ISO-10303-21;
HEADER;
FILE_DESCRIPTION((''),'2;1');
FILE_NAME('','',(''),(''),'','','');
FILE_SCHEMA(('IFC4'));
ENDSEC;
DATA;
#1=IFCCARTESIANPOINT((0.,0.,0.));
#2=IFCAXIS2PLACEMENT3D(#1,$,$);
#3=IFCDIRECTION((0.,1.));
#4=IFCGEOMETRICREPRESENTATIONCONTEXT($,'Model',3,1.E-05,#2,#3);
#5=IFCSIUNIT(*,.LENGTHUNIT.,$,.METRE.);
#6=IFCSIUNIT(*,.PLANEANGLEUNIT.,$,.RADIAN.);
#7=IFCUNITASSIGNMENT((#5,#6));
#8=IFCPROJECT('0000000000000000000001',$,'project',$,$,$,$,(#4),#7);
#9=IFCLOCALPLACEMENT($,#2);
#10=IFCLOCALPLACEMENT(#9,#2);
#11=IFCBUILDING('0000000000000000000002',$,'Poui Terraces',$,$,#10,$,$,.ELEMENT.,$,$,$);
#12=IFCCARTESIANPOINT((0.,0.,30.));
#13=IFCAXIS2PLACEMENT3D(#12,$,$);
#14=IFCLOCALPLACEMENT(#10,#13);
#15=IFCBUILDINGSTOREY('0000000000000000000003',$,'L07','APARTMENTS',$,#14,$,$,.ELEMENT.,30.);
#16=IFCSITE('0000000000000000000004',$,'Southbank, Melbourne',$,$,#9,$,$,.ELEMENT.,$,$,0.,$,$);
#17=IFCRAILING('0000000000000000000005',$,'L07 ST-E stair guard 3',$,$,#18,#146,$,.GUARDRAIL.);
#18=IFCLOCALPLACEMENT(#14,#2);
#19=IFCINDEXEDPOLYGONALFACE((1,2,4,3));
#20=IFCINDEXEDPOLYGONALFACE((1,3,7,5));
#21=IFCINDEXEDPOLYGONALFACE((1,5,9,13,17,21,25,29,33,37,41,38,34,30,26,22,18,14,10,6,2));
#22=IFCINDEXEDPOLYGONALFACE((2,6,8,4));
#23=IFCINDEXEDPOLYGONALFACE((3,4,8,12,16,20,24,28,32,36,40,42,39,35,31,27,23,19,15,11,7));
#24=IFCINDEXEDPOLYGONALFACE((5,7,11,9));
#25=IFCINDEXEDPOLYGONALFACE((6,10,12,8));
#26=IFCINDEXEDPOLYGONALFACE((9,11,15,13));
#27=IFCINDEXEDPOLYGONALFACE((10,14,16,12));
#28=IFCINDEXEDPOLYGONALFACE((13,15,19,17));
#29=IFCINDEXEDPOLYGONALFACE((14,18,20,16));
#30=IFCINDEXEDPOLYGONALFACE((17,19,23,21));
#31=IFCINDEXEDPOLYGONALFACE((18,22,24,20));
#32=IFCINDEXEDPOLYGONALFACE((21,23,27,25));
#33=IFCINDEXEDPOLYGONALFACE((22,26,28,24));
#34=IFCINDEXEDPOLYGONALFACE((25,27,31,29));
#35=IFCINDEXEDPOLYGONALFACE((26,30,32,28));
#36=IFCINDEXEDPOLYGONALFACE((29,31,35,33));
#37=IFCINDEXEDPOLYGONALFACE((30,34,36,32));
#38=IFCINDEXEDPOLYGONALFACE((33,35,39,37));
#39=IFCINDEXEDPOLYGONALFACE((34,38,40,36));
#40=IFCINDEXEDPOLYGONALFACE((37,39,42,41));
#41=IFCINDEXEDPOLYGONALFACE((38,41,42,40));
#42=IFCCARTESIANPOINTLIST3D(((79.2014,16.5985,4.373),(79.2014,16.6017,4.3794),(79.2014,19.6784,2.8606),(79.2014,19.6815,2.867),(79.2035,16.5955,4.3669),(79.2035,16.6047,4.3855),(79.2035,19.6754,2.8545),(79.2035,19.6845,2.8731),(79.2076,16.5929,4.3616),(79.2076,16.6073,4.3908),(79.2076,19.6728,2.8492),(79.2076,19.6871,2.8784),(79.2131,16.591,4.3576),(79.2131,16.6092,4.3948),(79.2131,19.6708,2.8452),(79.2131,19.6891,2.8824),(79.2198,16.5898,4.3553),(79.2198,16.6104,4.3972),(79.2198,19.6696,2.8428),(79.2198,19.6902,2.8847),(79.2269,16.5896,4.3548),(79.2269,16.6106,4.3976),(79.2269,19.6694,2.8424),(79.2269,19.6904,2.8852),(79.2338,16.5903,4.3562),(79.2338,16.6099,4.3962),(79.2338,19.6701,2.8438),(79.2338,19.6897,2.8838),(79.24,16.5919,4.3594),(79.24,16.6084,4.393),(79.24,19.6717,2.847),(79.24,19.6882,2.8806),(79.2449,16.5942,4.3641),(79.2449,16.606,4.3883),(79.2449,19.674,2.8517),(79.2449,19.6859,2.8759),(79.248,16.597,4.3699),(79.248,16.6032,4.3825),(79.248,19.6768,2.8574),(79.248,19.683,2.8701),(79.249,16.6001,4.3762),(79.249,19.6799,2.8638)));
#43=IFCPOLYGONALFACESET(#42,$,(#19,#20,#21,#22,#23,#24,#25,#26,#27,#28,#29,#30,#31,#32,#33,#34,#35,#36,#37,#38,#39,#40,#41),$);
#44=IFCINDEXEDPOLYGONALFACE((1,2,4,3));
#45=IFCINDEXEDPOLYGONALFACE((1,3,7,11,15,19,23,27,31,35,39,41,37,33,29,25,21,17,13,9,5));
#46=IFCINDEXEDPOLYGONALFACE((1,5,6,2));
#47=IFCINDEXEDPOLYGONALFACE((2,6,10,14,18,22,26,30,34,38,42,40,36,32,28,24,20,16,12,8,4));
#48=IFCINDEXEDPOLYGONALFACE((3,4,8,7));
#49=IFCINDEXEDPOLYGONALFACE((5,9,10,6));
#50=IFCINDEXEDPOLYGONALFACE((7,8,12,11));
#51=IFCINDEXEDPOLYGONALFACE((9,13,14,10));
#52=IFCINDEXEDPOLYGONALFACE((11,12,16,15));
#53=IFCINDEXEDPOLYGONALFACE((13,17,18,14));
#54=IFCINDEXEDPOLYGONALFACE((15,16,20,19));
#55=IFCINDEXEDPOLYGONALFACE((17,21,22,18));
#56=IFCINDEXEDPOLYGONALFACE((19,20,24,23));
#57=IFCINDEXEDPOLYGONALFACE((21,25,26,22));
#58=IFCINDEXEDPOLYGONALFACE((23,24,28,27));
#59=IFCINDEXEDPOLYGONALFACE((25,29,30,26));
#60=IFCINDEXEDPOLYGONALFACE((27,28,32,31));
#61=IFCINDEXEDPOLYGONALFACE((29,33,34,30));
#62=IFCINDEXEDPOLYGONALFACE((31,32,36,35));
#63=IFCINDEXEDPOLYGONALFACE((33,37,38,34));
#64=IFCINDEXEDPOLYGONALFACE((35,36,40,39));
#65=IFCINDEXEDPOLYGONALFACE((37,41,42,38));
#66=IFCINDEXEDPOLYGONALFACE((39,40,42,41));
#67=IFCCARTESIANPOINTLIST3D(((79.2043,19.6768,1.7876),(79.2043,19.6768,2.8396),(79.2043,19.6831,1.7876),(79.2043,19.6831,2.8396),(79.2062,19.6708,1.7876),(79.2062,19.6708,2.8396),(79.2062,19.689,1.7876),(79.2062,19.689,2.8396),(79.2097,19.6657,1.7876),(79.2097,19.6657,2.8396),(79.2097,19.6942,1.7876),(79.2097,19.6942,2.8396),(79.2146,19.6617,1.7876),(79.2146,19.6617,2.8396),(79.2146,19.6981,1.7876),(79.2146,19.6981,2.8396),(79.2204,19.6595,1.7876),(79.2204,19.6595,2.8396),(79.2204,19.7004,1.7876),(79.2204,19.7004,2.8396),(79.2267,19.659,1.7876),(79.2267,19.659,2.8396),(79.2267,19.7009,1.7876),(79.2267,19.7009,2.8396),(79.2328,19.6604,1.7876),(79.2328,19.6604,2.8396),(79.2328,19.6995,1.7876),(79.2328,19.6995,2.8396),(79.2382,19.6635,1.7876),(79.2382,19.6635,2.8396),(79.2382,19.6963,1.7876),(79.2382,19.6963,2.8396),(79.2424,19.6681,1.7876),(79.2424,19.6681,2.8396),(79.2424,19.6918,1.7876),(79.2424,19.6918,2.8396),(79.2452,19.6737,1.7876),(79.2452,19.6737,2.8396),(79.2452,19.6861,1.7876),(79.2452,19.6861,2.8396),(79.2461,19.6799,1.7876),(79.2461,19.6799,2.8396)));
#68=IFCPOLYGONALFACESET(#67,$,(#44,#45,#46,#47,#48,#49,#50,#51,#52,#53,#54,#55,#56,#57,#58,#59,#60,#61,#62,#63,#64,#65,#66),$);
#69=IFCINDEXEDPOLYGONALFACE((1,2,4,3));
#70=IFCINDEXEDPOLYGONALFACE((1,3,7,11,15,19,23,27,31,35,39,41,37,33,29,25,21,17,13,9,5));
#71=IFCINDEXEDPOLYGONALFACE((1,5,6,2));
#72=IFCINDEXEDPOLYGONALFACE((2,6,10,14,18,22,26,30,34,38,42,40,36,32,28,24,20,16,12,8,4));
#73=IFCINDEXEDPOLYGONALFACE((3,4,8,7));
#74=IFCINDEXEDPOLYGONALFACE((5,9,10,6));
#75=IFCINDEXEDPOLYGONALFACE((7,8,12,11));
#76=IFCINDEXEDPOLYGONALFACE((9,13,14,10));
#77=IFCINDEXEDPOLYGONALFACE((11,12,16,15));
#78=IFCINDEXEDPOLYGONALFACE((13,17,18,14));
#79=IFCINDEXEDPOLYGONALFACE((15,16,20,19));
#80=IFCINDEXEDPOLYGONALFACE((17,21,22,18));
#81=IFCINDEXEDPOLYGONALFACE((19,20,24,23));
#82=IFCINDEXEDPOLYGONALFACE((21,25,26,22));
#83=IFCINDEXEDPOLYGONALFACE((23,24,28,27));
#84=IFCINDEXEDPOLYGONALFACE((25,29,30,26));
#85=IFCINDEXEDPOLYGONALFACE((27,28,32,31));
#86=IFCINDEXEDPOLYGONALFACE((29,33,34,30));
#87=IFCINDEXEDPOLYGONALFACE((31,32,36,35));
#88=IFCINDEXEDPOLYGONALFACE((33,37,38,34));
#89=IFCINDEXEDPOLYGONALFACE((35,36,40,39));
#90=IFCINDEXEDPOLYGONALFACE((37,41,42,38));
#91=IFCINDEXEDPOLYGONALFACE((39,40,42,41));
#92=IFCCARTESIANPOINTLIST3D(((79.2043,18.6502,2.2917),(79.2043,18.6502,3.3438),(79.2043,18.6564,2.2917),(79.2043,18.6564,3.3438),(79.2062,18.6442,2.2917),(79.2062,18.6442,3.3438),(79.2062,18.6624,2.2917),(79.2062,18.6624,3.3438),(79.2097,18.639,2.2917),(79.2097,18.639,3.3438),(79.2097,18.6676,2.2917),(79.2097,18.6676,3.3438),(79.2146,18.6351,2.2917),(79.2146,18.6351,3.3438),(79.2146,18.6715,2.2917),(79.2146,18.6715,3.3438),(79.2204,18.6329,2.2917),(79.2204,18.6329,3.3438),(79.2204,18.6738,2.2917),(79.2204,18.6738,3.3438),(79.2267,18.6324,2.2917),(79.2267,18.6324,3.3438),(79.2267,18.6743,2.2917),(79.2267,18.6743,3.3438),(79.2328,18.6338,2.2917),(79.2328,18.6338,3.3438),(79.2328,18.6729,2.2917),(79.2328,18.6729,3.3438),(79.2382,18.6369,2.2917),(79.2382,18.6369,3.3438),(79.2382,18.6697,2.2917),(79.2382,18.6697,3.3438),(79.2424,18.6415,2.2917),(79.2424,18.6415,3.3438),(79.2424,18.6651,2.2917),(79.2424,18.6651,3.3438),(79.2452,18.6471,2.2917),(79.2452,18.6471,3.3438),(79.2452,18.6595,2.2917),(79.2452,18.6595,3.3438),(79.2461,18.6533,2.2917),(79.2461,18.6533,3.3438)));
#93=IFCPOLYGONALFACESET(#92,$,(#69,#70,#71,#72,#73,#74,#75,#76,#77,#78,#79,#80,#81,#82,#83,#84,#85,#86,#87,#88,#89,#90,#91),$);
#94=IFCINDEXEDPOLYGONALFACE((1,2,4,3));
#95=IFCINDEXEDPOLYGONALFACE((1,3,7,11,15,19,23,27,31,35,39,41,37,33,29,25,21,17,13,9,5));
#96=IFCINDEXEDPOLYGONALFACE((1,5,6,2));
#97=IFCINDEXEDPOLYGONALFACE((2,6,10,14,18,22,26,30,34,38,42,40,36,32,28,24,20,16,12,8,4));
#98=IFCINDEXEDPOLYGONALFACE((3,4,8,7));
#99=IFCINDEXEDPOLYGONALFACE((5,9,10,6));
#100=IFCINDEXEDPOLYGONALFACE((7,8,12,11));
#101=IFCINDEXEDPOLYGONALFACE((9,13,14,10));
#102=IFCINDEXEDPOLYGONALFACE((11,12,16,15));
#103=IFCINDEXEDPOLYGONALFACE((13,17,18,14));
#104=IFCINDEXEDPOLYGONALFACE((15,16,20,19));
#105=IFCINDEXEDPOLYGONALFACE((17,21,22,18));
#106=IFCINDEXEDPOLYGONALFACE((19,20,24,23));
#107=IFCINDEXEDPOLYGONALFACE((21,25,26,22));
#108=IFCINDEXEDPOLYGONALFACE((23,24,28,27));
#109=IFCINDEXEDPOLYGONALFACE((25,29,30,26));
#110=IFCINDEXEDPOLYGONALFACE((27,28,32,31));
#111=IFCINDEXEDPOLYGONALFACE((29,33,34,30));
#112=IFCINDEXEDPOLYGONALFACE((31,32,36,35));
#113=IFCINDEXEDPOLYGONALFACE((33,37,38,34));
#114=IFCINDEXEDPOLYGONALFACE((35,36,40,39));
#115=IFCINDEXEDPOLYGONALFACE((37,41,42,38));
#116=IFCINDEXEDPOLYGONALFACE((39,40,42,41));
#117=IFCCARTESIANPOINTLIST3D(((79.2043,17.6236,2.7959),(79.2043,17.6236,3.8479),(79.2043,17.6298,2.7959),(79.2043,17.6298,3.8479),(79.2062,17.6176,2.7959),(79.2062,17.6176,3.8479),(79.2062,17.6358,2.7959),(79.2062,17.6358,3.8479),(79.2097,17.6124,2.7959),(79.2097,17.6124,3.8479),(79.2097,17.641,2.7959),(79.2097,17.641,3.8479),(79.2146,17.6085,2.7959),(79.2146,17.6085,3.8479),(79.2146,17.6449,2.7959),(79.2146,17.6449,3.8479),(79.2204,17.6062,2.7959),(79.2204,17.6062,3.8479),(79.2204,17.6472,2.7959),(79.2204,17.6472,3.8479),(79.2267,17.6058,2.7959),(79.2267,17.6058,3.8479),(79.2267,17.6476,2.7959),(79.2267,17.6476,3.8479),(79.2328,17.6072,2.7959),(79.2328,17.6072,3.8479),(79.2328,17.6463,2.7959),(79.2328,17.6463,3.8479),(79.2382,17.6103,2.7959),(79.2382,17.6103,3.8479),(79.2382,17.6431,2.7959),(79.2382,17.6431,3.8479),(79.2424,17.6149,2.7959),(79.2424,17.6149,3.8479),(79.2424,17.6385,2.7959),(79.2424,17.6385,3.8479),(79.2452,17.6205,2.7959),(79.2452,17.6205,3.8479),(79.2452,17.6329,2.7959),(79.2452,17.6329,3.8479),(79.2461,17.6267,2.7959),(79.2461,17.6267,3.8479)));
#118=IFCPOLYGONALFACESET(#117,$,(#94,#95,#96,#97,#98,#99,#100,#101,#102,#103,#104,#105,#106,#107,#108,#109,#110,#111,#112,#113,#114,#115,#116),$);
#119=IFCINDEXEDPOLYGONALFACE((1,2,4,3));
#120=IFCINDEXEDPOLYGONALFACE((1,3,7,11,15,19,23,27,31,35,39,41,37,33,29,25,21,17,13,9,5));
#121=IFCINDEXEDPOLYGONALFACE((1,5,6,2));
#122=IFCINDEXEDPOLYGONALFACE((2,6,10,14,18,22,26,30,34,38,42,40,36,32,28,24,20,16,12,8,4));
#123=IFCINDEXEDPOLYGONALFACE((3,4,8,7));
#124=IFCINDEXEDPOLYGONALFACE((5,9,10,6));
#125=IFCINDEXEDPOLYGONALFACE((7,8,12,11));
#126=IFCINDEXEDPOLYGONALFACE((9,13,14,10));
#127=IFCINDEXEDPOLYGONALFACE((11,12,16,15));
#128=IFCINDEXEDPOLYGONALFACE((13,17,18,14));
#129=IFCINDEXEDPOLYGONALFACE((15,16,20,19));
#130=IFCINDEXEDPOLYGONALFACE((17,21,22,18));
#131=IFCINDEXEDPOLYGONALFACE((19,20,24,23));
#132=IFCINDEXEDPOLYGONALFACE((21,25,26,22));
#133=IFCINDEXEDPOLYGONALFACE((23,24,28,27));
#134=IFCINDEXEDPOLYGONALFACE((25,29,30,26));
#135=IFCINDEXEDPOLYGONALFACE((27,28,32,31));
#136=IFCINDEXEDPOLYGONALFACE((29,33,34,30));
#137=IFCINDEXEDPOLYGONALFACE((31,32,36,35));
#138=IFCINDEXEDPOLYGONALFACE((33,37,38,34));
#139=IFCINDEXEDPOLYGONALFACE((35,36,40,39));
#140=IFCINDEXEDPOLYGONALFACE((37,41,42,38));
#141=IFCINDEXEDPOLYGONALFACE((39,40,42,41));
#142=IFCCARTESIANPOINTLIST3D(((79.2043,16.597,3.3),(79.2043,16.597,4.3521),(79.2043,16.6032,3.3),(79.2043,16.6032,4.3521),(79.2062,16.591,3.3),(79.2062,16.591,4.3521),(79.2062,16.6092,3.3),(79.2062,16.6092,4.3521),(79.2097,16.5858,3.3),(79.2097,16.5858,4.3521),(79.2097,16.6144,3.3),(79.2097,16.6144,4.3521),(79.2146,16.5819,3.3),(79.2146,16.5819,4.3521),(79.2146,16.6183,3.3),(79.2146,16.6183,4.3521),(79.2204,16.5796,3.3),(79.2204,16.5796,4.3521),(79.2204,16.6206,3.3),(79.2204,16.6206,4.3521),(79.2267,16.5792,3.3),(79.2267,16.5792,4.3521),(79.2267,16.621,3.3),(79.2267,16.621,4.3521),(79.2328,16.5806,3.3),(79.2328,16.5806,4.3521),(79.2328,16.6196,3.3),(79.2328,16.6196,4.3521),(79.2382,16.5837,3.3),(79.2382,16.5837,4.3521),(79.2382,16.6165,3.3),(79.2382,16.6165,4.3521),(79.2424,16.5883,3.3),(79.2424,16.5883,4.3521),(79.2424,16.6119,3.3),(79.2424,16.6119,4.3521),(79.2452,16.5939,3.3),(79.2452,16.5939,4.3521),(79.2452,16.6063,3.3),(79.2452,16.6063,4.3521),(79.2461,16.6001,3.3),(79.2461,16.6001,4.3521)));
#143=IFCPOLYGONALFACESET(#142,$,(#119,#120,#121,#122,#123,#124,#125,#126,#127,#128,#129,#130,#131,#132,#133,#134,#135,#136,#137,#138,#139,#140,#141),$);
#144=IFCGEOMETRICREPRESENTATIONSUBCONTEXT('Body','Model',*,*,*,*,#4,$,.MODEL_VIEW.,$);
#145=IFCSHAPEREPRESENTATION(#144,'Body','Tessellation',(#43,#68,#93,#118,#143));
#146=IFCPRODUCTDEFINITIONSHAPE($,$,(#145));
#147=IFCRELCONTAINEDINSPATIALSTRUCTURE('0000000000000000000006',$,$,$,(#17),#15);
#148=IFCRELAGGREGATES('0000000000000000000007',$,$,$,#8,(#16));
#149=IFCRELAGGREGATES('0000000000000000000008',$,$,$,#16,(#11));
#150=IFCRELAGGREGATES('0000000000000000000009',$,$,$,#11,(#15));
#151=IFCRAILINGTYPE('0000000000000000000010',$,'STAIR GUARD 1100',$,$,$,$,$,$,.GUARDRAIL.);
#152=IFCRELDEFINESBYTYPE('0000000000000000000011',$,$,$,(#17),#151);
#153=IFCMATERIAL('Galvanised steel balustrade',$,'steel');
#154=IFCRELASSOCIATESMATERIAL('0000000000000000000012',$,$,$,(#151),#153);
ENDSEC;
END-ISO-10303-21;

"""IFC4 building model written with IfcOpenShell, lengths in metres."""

from ifc_helpers import new_model, si_unit, direction, frame, origin, origin_2d, place, context, subcontext, project, spatial, circle, extrude, material, type_object, element, save


model = new_model("IFC4")

# Units and contexts
model_context = context("Model", 3, precision=1e-05, world=origin(), true_north=direction((0.0, 1.0)))
body_context = subcontext(model_context, "Body", "Model", "MODEL_VIEW")
ifc_project = project(units=[si_unit("LENGTHUNIT", "METRE"), si_unit("PLANEANGLEUNIT", "RADIAN")], contexts=[model_context])

# Site, building, storey
site_placement = place(None, origin())
site = spatial("IfcSite", under=ifc_project, at=site_placement, Name="Southbank, Melbourne", CompositionType="ELEMENT", RefElevation=0.0)
building_placement = place(site_placement, origin())
building = spatial("IfcBuilding", under=site, at=building_placement, Name="Poui Terraces", CompositionType="ELEMENT")
storey_placement = place(building_placement, frame((0.0, 0.0, 30.0)))
storey = spatial("IfcBuildingStorey", under=building, at=storey_placement, Name="L07", Description="APARTMENTS", CompositionType="ELEMENT", Elevation=30.0)

# Railing
ifc_material_1 = material(Name="Galvanised steel balustrade", Category="steel")
railing_type_1 = type_object("IfcRailingType", Name="STAIR GUARD 1100", PredefinedType="GUARDRAIL", material=ifc_material_1)
railing_1_placement = place(storey_placement, frame((79.2251, 19.6799, 1.7876)))
element("IfcRailing", 1, at=railing_1_placement, inside=storey, type_object=railing_type_1, Name="L07 ST-E stair guard 3", PredefinedType="GUARDRAIL", context=body_context, shape_type="SweptSolid", body=[
    extrude(circle(Radius=0.0239, at=origin_2d()), frame((0.0, 0.0, 1.0762), z_axis=(0.0, -0.897606, 0.440798), x_axis=(1.0, 0.0, 0.0)), (0.0, 0.0, 1.0), 3.4312),
    extrude(circle(Radius=0.021, at=origin_2d()), origin(), (0.0, 0.0, 1.0), 1.052),
    extrude(circle(Radius=0.021, at=origin_2d()), frame((0.0, -1.0266, 0.5042)), (0.0, 0.0, 1.0), 1.052),
    extrude(circle(Radius=0.021, at=origin_2d()), frame((0.0, -2.0532, 1.0083)), (0.0, 0.0, 1.0), 1.052),
    extrude(circle(Radius=0.021, at=origin_2d()), frame((0.0, -3.0798, 1.5125)), (0.0, 0.0, 1.0), 1.052),
])

save(model, "model.ifc")
